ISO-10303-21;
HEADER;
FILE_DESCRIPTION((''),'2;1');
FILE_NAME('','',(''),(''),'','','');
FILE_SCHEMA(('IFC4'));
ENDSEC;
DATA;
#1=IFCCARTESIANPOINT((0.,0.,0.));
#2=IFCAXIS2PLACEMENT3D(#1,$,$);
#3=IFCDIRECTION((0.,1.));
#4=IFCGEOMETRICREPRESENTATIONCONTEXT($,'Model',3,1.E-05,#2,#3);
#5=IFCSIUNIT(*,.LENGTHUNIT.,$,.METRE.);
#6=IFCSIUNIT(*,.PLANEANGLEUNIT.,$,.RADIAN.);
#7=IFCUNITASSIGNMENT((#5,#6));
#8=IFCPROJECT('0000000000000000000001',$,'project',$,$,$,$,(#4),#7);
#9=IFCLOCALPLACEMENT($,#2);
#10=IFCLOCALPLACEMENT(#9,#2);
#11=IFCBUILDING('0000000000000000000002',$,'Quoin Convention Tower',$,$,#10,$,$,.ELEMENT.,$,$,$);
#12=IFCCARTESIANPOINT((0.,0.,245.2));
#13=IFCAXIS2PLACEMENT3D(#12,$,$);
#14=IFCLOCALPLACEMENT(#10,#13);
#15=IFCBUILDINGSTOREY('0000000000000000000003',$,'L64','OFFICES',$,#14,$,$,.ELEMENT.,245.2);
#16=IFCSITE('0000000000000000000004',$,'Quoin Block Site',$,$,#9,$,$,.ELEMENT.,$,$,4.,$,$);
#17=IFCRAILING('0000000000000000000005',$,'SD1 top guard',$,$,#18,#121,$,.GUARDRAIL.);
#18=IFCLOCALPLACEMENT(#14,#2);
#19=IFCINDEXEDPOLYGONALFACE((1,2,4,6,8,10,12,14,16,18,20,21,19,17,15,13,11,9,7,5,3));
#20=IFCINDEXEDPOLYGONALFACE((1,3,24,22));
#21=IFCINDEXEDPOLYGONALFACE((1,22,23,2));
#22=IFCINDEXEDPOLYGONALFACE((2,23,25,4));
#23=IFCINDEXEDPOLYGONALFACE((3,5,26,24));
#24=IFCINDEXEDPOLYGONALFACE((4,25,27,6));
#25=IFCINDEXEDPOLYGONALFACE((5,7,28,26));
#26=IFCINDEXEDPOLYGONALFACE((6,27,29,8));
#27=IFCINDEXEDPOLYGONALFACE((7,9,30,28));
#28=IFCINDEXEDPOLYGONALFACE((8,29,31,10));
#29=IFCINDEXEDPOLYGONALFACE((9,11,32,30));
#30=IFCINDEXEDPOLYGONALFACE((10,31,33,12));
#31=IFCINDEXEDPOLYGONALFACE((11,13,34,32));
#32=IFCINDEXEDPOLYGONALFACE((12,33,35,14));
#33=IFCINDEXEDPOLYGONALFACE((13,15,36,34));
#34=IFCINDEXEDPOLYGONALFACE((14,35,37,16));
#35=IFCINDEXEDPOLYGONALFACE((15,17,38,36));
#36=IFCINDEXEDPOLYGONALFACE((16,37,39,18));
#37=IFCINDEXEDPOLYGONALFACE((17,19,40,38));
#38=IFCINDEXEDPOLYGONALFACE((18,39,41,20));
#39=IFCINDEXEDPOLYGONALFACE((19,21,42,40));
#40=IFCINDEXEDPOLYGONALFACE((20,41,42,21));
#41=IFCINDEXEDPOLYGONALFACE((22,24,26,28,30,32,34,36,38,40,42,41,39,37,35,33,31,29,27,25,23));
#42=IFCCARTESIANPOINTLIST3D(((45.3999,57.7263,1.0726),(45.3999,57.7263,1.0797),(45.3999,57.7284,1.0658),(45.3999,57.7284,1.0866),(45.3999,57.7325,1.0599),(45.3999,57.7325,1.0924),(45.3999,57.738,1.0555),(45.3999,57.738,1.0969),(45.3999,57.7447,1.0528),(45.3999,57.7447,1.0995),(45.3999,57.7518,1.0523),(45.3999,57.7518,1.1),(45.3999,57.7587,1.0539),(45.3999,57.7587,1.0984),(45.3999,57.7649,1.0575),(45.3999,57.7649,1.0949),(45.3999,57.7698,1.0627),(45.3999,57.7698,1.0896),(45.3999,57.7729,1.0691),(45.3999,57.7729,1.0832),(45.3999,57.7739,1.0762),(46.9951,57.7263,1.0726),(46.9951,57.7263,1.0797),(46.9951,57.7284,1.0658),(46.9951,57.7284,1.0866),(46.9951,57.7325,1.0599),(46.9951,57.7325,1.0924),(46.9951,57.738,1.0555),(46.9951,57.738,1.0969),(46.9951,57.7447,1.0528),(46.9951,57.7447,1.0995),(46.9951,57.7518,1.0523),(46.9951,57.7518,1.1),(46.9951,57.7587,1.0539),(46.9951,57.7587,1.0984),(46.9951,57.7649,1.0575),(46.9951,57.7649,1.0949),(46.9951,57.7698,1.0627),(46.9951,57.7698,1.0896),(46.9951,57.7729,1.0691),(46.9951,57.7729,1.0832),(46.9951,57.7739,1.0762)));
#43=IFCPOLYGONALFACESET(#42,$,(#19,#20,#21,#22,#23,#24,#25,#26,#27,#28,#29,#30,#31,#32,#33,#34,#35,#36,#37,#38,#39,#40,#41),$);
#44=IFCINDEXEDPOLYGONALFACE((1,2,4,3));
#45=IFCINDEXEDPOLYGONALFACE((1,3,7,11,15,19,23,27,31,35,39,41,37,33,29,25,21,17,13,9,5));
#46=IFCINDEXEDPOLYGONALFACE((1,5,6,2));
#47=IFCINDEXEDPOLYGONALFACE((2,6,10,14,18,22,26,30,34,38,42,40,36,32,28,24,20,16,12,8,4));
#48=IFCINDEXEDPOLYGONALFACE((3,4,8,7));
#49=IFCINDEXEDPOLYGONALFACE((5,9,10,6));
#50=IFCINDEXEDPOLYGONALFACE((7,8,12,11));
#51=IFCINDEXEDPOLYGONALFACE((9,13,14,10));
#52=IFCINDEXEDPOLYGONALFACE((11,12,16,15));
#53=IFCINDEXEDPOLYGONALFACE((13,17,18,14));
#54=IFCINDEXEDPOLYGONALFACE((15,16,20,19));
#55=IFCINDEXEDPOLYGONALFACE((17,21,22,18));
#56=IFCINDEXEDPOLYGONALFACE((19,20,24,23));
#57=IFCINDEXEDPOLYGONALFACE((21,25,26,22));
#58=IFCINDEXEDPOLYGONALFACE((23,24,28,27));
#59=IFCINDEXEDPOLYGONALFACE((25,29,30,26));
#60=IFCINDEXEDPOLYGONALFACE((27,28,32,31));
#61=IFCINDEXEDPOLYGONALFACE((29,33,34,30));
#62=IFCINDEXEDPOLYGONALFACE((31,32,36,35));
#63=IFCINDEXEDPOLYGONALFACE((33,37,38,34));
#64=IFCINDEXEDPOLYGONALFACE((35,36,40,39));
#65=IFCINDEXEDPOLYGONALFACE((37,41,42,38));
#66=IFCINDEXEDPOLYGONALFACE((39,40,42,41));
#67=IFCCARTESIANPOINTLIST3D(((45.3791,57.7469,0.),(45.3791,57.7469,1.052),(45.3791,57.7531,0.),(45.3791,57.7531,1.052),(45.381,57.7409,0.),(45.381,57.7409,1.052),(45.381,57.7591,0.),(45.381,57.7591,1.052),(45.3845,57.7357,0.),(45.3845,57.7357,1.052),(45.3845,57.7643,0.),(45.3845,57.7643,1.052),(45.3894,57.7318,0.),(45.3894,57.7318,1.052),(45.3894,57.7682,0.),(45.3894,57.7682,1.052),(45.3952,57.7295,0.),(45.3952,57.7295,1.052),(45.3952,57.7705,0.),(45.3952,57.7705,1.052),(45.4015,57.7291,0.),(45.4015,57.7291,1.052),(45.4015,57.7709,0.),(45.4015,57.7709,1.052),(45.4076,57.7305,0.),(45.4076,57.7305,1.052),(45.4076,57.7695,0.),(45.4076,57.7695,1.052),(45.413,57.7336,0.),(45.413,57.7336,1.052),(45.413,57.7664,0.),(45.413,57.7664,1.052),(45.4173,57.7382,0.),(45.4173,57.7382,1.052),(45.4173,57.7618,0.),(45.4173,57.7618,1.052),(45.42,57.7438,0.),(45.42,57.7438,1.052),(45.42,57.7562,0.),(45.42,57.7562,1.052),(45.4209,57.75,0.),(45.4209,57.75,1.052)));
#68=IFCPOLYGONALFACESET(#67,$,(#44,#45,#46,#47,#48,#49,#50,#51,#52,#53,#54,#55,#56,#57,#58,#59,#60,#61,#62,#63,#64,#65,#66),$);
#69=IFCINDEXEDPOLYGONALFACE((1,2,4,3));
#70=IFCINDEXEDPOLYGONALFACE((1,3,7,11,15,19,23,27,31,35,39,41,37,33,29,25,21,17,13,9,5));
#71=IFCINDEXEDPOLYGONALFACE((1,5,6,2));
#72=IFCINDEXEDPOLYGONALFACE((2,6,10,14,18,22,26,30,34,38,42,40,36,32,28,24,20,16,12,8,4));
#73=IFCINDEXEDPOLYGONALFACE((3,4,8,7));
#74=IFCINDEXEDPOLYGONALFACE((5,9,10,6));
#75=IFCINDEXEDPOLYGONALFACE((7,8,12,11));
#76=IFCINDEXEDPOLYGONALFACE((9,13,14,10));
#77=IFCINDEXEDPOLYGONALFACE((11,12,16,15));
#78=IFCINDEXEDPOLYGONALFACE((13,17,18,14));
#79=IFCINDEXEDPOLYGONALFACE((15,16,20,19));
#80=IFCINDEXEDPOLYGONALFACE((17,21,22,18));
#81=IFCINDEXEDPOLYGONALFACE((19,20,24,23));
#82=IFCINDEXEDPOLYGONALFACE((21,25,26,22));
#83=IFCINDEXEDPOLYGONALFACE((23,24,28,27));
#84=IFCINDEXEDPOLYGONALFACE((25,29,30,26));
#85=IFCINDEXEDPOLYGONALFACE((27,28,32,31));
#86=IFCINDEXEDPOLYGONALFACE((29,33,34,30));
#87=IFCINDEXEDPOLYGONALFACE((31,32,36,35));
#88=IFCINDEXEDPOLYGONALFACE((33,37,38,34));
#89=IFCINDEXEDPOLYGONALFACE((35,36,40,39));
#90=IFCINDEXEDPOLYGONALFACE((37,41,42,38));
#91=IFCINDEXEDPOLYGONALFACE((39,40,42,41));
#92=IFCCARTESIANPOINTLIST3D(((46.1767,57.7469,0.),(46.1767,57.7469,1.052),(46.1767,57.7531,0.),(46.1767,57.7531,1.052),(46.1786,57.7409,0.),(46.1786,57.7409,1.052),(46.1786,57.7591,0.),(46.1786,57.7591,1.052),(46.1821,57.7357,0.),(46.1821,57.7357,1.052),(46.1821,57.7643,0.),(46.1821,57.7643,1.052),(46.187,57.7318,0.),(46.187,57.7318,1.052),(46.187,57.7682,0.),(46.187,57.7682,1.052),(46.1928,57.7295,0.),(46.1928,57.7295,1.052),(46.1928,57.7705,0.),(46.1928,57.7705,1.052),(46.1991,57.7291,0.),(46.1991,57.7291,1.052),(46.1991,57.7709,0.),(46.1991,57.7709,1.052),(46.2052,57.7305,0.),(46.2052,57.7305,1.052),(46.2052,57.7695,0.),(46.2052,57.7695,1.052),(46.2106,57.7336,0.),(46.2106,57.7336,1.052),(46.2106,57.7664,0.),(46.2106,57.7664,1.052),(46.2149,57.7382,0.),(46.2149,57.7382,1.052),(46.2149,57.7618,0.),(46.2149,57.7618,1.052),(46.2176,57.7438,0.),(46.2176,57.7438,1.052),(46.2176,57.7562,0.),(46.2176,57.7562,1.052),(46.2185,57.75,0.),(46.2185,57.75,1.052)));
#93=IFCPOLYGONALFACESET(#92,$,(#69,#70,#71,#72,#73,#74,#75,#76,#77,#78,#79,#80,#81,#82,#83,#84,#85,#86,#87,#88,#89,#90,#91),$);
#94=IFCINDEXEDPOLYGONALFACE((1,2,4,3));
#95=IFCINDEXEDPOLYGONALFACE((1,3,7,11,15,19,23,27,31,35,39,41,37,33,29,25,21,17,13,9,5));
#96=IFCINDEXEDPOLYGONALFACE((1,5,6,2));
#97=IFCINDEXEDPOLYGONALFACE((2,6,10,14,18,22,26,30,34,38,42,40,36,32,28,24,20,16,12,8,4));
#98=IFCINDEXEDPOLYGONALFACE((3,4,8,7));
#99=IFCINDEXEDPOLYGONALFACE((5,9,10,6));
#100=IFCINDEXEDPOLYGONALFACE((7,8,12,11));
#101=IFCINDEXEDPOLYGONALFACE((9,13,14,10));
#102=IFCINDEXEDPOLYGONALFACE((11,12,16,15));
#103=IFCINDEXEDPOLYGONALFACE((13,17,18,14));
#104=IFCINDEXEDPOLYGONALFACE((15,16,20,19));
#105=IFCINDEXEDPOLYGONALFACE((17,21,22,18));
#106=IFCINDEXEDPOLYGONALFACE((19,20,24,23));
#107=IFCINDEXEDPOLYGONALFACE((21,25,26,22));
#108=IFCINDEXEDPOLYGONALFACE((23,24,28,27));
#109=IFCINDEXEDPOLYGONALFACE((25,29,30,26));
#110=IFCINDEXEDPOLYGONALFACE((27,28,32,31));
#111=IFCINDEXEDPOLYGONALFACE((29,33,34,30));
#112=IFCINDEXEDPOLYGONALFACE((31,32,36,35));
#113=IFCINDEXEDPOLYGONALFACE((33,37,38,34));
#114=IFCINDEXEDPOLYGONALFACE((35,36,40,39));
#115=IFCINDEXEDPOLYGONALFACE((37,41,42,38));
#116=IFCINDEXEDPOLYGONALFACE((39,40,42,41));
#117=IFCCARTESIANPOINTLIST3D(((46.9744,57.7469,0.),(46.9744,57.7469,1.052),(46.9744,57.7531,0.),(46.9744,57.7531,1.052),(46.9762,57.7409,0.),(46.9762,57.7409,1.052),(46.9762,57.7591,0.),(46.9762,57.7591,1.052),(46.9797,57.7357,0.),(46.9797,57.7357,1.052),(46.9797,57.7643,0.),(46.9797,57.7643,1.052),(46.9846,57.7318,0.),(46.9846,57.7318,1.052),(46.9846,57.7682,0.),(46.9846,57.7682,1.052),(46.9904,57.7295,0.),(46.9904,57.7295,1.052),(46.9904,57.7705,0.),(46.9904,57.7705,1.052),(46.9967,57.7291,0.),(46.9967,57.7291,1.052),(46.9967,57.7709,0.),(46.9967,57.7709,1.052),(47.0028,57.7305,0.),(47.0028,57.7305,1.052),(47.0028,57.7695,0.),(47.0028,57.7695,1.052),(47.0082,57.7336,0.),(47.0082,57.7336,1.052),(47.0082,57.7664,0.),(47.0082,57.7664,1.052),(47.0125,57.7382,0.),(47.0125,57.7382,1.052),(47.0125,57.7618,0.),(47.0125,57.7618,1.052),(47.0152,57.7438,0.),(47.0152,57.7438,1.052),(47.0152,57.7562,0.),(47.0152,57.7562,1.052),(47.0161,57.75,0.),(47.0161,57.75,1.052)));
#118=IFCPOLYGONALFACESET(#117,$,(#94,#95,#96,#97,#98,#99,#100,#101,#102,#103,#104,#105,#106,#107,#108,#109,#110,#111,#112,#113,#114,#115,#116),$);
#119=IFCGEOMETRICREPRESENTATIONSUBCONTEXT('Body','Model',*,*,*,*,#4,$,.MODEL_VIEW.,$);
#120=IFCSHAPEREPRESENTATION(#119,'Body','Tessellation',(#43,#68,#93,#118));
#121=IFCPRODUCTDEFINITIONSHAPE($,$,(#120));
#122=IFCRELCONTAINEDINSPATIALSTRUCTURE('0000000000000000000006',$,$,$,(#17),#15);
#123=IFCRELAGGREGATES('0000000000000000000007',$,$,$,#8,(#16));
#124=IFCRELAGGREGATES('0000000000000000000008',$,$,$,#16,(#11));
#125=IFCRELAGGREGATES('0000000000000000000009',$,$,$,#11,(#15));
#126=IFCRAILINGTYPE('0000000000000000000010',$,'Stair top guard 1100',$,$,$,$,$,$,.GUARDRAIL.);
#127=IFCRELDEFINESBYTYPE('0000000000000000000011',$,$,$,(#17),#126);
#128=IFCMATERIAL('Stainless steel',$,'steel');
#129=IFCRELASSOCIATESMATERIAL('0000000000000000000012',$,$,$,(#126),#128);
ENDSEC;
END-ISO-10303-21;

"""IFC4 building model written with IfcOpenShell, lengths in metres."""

from ifc_helpers import new_model, si_unit, direction, frame, origin, origin_2d, place, context, subcontext, project, spatial, circle, extrude, material, type_object, element, save


model = new_model("IFC4")

# Units and contexts
model_context = context("Model", 3, precision=1e-05, world=origin(), true_north=direction((0.0, 1.0)))
body_context = subcontext(model_context, "Body", "Model", "MODEL_VIEW")
ifc_project = project(units=[si_unit("LENGTHUNIT", "METRE"), si_unit("PLANEANGLEUNIT", "RADIAN")], contexts=[model_context])

# Site, building, storey
site_placement = place(None, origin())
site = spatial("IfcSite", under=ifc_project, at=site_placement, Name="Quoin Block Site", CompositionType="ELEMENT", RefElevation=4.0)
building_placement = place(site_placement, origin())
building = spatial("IfcBuilding", under=site, at=building_placement, Name="Quoin Convention Tower", CompositionType="ELEMENT")
storey_placement = place(building_placement, frame((0.0, 0.0, 245.2)))
storey = spatial("IfcBuildingStorey", under=building, at=storey_placement, Name="L64", Description="OFFICES", CompositionType="ELEMENT", Elevation=245.2)

# Railing
ifc_material_1 = material(Name="Stainless steel", Category="steel")
railing_type_1 = type_object("IfcRailingType", Name="Stair top guard 1100", PredefinedType="GUARDRAIL", material=ifc_material_1)
railing_1_placement = place(storey_placement, frame((45.3999, 57.75, 0.0)))
element("IfcRailing", 1, at=railing_1_placement, inside=storey, type_object=railing_type_1, Name="SD1 top guard", PredefinedType="GUARDRAIL", context=body_context, shape_type="SweptSolid", body=[
    extrude(circle(Radius=0.0239, at=origin_2d()), frame((0.0, 0.0, 1.0762), z_axis=(1.0, 0.0, 0.0), x_axis=(0.0, 1.0, 0.0)), (0.0, 0.0, 1.0), 1.5952),
    extrude(circle(Radius=0.021, at=origin_2d()), origin(), (0.0, 0.0, 1.0), 1.052),
    extrude(circle(Radius=0.021, at=origin_2d()), frame((0.7976, 0.0, 0.0)), (0.0, 0.0, 1.0), 1.052),
    extrude(circle(Radius=0.021, at=origin_2d()), frame((1.5952, 0.0, 0.0)), (0.0, 0.0, 1.0), 1.052),
])

save(model, "model.ifc")
